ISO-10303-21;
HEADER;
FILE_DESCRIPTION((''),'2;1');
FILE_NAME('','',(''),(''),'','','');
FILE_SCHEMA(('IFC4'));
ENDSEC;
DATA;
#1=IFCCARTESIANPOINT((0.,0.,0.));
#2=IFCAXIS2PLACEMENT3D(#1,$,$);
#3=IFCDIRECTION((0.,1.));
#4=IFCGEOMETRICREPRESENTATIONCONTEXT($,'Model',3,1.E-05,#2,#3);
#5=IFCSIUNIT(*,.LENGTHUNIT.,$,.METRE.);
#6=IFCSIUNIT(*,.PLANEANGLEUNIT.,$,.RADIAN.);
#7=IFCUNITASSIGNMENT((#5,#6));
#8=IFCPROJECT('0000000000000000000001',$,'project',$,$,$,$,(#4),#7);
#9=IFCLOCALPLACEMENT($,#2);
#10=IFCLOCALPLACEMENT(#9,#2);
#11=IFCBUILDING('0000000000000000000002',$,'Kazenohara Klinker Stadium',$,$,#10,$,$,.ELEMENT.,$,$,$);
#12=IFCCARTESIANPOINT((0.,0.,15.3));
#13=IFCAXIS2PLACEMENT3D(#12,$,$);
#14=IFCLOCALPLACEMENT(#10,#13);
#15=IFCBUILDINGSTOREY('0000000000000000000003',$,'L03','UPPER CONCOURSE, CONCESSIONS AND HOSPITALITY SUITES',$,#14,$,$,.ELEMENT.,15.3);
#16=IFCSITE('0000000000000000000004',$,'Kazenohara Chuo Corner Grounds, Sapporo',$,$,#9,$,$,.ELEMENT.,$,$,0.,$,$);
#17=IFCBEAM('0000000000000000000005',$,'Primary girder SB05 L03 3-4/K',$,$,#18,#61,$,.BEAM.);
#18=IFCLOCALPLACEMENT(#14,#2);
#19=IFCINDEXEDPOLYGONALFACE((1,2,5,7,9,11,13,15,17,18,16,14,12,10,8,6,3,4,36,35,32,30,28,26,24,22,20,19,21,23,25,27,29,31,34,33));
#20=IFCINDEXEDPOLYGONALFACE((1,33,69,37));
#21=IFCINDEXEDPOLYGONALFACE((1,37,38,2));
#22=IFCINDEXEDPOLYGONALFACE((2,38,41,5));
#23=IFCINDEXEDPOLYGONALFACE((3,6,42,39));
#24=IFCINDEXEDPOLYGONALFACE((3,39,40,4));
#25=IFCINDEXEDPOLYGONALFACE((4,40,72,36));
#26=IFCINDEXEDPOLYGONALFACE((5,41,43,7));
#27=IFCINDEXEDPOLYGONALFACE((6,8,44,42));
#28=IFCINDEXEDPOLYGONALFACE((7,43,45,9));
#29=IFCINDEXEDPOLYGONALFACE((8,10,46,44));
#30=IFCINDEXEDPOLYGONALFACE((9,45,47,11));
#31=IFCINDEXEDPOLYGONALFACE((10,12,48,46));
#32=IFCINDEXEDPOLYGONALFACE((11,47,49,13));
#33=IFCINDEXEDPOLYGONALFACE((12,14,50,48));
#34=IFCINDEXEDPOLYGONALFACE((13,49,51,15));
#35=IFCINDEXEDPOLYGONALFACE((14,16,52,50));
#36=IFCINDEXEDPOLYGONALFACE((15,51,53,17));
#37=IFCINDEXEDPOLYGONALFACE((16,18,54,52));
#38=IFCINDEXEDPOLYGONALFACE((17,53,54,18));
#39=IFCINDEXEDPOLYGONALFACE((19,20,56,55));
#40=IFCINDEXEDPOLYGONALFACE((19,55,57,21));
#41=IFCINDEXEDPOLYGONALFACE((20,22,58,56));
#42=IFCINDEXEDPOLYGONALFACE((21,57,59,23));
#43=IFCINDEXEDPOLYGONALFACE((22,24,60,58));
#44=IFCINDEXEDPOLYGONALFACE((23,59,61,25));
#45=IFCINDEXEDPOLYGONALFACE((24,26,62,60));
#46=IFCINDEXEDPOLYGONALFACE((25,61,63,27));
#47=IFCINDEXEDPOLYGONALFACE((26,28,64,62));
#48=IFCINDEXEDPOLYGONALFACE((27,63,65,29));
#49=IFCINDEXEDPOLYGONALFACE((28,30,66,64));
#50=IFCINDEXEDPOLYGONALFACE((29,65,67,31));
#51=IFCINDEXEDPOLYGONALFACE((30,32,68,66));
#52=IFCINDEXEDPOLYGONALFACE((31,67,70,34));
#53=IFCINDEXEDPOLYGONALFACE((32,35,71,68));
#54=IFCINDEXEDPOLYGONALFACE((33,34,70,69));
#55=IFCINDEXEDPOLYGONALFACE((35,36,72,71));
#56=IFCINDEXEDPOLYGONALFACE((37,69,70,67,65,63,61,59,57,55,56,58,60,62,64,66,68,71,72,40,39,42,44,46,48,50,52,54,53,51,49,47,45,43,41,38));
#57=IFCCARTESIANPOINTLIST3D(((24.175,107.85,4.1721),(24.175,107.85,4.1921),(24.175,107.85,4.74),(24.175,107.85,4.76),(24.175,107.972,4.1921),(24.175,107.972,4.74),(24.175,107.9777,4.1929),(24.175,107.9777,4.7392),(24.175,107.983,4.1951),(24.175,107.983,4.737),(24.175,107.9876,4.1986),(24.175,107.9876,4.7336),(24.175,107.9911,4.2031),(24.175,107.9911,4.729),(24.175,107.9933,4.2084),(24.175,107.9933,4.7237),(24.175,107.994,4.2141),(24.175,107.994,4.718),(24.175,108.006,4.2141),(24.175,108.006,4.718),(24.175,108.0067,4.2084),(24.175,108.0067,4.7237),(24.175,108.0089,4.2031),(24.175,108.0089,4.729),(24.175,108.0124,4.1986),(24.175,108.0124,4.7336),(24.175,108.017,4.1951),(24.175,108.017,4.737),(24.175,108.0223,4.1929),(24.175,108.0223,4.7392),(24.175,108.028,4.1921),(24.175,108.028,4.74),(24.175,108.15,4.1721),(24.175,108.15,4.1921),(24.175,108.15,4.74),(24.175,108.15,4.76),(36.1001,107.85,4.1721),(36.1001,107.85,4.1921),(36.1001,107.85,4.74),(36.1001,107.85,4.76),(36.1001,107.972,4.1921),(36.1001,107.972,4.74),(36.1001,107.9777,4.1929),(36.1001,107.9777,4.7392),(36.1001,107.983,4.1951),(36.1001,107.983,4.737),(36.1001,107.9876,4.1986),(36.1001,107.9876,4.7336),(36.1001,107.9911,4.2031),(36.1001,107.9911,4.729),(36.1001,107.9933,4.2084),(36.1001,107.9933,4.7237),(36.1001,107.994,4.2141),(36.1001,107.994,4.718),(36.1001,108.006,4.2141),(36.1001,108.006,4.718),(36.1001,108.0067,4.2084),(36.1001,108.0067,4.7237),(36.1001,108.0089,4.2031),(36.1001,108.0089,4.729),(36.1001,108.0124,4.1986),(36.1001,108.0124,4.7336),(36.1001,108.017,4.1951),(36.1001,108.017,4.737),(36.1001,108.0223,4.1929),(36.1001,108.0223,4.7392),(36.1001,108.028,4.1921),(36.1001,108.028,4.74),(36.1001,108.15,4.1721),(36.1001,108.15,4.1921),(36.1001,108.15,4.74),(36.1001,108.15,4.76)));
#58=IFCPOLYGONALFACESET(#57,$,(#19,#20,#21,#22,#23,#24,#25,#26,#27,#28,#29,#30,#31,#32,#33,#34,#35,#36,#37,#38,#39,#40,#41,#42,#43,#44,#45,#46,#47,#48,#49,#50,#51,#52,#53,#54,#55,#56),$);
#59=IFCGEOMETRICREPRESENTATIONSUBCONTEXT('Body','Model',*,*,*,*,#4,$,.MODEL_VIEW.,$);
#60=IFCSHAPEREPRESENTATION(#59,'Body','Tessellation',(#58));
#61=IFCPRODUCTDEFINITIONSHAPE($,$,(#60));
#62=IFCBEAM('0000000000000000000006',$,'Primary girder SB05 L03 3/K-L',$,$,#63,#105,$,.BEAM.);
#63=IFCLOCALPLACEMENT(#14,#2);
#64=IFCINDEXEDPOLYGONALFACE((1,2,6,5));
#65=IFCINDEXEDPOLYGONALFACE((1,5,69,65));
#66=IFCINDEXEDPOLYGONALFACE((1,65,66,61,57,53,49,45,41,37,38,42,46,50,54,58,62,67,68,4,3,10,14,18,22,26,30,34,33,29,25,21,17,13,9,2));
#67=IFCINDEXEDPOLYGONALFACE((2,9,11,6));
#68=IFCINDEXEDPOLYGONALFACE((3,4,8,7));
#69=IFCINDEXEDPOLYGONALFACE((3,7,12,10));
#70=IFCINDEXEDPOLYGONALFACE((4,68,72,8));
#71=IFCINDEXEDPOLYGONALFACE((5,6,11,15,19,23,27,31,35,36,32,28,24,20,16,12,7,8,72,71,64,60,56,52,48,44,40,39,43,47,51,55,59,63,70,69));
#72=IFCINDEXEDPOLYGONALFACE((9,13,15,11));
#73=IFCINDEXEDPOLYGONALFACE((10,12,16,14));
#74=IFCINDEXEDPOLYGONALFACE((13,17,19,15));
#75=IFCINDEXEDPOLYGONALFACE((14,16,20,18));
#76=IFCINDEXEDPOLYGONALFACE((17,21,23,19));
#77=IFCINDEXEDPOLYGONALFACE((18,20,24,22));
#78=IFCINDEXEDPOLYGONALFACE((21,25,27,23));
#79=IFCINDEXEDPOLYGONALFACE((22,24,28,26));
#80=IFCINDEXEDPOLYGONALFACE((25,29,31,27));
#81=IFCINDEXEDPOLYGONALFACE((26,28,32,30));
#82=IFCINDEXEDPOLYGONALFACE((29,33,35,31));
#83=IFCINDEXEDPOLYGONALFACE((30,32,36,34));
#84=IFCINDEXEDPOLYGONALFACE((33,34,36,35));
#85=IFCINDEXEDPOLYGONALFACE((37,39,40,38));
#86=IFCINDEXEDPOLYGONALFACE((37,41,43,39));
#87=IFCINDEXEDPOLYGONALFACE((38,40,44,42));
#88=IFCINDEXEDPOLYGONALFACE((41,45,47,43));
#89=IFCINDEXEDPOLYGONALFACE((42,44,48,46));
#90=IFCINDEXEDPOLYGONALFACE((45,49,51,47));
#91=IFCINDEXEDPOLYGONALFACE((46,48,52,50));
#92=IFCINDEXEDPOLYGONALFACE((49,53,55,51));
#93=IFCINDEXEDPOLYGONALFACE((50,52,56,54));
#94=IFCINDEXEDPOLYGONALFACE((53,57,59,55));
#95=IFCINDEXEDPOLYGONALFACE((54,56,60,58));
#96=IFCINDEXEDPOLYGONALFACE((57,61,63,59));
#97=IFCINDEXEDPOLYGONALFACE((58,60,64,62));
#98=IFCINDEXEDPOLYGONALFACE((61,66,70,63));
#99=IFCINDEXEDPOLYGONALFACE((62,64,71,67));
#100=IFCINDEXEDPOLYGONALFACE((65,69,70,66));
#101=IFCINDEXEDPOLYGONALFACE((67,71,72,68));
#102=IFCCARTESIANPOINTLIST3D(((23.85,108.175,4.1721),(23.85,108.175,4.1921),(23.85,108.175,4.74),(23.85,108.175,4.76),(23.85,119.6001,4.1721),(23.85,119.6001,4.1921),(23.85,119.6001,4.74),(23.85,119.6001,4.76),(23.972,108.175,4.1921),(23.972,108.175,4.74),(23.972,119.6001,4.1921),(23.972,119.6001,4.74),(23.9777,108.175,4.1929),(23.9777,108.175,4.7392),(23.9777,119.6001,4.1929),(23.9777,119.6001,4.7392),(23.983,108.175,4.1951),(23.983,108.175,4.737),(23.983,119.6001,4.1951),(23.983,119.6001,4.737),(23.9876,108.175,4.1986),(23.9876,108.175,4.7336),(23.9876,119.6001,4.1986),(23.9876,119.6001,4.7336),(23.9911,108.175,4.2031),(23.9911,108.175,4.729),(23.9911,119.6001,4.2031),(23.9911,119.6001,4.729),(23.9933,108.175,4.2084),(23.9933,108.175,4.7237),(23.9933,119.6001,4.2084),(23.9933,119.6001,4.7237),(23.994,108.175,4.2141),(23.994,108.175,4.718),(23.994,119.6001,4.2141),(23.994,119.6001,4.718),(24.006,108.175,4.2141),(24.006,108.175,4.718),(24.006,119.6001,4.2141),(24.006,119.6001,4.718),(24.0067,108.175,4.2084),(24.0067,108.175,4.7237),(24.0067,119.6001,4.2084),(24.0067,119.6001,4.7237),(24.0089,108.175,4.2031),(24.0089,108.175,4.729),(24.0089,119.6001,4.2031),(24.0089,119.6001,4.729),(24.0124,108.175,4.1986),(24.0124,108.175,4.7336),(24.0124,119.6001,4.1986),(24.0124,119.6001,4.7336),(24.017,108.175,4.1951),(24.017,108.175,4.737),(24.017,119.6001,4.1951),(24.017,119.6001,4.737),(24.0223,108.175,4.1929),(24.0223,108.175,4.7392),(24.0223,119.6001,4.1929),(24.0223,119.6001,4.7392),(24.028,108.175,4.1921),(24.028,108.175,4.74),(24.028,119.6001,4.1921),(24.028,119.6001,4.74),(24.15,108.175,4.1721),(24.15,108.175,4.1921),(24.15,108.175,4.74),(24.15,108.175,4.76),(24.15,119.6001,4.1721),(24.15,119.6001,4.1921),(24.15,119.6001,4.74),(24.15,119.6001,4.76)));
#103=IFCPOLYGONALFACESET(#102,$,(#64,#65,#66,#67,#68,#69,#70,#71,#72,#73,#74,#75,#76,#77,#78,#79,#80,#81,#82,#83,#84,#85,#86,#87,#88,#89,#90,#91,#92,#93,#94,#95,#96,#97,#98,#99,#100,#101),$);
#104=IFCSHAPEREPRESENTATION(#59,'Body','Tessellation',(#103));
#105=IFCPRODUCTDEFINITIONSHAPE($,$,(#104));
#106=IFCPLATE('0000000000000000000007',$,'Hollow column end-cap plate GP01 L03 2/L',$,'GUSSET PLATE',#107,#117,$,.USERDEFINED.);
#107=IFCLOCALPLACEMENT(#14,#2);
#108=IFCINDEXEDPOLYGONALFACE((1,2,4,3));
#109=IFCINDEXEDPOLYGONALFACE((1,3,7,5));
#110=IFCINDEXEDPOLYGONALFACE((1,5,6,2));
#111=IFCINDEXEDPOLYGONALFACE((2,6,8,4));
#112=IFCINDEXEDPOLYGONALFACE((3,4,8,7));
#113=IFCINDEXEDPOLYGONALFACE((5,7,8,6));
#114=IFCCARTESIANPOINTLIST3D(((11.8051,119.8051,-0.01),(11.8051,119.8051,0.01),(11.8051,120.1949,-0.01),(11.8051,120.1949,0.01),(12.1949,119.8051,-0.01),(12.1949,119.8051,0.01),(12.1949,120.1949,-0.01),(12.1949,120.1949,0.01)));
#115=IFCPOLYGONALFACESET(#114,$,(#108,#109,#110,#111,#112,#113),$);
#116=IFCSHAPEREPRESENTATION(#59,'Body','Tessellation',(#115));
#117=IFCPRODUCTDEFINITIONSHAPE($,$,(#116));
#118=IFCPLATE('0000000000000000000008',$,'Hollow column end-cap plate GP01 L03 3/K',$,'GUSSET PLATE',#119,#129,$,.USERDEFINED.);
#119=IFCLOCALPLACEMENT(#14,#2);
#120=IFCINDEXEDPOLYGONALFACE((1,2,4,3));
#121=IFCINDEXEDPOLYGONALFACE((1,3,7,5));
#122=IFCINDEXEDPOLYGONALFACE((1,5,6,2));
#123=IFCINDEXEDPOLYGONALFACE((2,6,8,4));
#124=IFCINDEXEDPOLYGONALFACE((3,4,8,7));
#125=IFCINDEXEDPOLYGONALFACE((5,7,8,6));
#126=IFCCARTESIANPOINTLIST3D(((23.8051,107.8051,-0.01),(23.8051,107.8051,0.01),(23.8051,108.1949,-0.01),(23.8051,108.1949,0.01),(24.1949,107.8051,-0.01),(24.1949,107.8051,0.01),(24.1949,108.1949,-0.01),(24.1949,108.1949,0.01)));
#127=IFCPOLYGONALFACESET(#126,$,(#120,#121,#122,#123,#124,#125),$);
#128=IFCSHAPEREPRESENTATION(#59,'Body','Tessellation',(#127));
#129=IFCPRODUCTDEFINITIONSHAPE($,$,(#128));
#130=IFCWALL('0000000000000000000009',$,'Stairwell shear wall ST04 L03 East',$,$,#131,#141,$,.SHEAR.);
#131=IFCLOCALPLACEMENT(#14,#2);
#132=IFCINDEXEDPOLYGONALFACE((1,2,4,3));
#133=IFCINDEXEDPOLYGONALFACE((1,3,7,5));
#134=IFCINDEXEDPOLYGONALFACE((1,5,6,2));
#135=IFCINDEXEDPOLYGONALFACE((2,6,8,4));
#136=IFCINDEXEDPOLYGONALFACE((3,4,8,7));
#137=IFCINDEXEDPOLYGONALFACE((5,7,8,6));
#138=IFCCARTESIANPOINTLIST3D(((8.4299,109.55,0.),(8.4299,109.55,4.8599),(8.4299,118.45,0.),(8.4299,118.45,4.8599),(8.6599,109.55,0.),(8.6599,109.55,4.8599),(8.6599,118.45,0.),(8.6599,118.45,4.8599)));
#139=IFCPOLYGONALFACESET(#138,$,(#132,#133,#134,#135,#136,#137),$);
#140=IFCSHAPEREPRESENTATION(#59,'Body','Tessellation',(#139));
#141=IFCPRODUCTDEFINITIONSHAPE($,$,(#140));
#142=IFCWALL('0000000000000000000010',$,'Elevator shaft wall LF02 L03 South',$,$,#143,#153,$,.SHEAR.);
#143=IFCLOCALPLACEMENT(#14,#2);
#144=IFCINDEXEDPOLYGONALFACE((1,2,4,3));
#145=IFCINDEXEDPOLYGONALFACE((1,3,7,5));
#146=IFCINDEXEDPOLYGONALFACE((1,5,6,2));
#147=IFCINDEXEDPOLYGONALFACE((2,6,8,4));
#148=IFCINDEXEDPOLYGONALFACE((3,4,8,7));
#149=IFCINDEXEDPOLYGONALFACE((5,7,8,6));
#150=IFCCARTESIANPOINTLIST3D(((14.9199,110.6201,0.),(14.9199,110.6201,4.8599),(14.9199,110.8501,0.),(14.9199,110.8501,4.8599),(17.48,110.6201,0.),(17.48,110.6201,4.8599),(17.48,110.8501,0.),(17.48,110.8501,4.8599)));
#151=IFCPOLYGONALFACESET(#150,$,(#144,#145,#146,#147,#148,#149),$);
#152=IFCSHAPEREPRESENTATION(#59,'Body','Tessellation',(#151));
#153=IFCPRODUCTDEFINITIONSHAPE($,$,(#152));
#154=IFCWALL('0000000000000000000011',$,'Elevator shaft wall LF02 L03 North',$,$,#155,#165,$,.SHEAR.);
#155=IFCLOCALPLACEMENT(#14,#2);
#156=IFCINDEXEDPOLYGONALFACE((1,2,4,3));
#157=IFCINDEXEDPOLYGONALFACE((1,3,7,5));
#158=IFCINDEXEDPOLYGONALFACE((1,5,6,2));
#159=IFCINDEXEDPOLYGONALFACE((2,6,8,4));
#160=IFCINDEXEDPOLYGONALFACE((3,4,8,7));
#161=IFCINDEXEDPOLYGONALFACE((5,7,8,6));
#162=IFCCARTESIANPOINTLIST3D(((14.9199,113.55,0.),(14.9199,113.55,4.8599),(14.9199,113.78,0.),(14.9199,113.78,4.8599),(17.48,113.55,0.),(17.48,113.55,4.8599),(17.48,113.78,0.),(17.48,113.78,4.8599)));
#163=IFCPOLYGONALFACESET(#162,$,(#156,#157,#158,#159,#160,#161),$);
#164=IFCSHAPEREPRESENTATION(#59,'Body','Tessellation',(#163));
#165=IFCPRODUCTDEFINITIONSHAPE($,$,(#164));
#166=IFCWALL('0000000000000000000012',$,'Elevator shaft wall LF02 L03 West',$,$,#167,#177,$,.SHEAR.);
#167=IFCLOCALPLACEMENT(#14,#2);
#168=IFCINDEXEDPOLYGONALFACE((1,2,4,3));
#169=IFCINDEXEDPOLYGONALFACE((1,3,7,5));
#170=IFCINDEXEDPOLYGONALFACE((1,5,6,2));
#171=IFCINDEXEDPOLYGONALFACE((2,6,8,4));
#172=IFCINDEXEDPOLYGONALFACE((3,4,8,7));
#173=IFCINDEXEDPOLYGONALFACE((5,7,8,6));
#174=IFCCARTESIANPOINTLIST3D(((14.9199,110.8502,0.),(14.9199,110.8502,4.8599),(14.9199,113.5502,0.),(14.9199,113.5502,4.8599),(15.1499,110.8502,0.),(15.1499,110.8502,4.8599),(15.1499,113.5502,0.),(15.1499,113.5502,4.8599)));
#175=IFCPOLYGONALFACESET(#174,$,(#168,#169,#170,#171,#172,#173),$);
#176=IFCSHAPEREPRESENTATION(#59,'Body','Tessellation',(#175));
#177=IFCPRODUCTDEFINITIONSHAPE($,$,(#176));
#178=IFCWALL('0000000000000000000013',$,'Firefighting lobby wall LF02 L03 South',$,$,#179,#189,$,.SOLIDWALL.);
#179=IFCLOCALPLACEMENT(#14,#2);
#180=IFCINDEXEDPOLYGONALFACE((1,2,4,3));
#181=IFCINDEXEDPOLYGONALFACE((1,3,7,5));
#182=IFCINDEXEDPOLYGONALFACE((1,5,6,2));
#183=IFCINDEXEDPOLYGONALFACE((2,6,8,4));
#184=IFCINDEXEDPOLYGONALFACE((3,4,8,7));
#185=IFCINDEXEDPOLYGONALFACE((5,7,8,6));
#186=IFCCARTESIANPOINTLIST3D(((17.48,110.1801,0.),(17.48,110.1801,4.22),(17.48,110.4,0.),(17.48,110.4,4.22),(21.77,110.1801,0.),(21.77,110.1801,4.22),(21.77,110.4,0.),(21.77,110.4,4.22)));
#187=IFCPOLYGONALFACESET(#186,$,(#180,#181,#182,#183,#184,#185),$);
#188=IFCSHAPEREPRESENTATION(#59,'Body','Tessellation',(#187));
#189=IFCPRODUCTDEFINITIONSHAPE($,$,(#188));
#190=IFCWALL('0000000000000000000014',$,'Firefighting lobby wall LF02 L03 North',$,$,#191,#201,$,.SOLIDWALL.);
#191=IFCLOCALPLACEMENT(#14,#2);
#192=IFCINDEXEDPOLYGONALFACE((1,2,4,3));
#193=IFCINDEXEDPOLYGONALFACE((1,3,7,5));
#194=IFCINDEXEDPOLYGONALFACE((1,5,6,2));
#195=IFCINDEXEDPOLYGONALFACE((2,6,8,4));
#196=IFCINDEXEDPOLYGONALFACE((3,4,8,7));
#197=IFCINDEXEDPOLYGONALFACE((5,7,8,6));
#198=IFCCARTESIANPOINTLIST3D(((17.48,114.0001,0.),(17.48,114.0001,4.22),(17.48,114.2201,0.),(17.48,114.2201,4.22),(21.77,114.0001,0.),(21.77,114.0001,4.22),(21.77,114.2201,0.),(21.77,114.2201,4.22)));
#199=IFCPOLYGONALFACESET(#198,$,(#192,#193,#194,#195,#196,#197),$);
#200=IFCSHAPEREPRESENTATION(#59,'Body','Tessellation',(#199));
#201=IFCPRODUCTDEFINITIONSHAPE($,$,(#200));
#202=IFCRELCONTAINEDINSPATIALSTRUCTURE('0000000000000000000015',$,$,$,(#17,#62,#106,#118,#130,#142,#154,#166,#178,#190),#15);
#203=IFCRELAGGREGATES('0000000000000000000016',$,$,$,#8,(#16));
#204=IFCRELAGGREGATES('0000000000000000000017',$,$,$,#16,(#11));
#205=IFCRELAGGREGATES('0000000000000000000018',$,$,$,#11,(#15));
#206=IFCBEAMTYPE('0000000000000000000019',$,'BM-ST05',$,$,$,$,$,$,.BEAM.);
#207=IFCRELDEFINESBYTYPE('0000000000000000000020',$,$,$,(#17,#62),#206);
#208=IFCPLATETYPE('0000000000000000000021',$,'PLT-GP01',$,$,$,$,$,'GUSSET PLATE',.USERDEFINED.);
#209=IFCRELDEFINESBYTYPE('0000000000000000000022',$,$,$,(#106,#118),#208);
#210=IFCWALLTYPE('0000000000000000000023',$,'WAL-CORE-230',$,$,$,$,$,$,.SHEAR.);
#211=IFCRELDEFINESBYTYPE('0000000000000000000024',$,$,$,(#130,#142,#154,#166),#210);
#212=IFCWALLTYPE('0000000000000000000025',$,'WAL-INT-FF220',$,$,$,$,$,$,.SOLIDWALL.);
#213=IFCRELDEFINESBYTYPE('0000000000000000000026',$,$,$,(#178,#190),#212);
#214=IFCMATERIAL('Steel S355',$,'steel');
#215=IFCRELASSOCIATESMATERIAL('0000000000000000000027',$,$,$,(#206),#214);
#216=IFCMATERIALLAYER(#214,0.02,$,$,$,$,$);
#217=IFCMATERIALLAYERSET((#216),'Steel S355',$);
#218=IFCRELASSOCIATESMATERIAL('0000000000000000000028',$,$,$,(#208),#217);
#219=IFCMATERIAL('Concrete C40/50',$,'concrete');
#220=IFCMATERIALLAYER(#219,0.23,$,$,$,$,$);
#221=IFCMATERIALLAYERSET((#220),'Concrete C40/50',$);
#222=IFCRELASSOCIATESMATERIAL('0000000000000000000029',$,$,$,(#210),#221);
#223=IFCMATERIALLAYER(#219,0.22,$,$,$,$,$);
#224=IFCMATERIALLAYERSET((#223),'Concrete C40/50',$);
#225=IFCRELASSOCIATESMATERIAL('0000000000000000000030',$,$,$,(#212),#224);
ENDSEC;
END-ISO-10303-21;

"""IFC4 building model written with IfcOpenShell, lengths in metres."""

from ifc_helpers import new_model, si_unit, direction, frame, frame_2d, origin, origin_2d, place, context, subcontext, project, spatial, rectangle, i_section, extrude, material, layer, layer_set, material_profile, profile_set, type_object, element, save


model = new_model("IFC4")

# Units and contexts
model_context = context("Model", 3, precision=1e-05, world=origin(), true_north=direction((0.0, 1.0)))
body_context = subcontext(model_context, "Body", "Model", "MODEL_VIEW")
ifc_project = project(units=[si_unit("LENGTHUNIT", "METRE"), si_unit("PLANEANGLEUNIT", "RADIAN")], contexts=[model_context])

# Site, building, storey
site_placement = place(None, origin())
site = spatial("IfcSite", under=ifc_project, at=site_placement, Name="Kazenohara Chuo Corner Grounds, Sapporo", CompositionType="ELEMENT", RefElevation=0.0)
building_placement = place(site_placement, origin())
building = spatial("IfcBuilding", under=site, at=building_placement, Name="Kazenohara Klinker Stadium", CompositionType="ELEMENT")
storey_placement = place(building_placement, frame((0.0, 0.0, 15.3)))
storey = spatial("IfcBuildingStorey", under=building, at=storey_placement, Name="L03", Description="UPPER CONCOURSE, CONCESSIONS AND HOSPITALITY SUITES", CompositionType="ELEMENT", Elevation=15.3)

# Shared definitions
ifc_material_1 = material(Name="Steel S355", Category="steel")

# Beams
ifc_material_profile_1 = material_profile(ifc_material_1, i_section(OverallWidth=0.3, OverallDepth=0.5879, WebThickness=0.012, FlangeThickness=0.02, FilletRadius=0.022, at=origin_2d()), Name="H-588x300x12x20")
ifc_profile_set_1 = profile_set([ifc_material_profile_1], Name="Steel S355")
beam_type_1 = type_object("IfcBeamType", Name="BM-ST05", PredefinedType="BEAM", material=ifc_profile_set_1)
beam_1_placement = place(storey_placement, frame((24.175, 108.0, 4.4661), z_axis=(1.0, 0.0, 0.0), x_axis=(0.0, 1.0, 0.0)))
element("IfcBeam", 1, at=beam_1_placement, inside=storey, type_object=beam_type_1, Name="Primary girder SB05 L03 3-4/K", PredefinedType="BEAM", context=body_context, shape_type="SweptSolid", body=[
    extrude(i_section(OverallWidth=0.3, OverallDepth=0.5879, WebThickness=0.012, FlangeThickness=0.02, FilletRadius=0.022, at=origin_2d()), origin(), (0.0, 0.0, 1.0), 11.925),
])
beam_2_placement = place(storey_placement, frame((24.0, 108.175, 4.4661), z_axis=(0.0, 1.0, 0.0), x_axis=(-1.0, 0.0, 0.0)))
element("IfcBeam", 2, at=beam_2_placement, inside=storey, type_object=beam_type_1, Name="Primary girder SB05 L03 3/K-L", PredefinedType="BEAM", context=body_context, shape_type="SweptSolid", body=[
    extrude(i_section(OverallWidth=0.3, OverallDepth=0.5879, WebThickness=0.012, FlangeThickness=0.02, FilletRadius=0.022, at=origin_2d()), origin(), (0.0, 0.0, 1.0), 11.425),
])

# Plates
ifc_layer_1 = layer(ifc_material_1, 0.02)
ifc_layer_set_1 = layer_set([ifc_layer_1], Name="Steel S355")
plate_type = type_object("IfcPlateType", Name="PLT-GP01", ElementType="GUSSET PLATE", PredefinedType="USERDEFINED", material=ifc_layer_set_1)
for number, where, z_axis, x_axis, name in (
    (3, (12.0, 120.0, -0.01), (0.0, 0.0, 1.0), (1.0, 0.0, 0.0), "Hollow column end-cap plate GP01 L03 2/L"),
    (4, (24.0, 108.0, -0.01), (0.0, 0.0, 1.0), (1.0, 0.0, 0.0), "Hollow column end-cap plate GP01 L03 3/K"),
):
    element("IfcPlate", number, at=place(storey_placement, frame(where, z_axis=z_axis, x_axis=x_axis)), inside=storey, type_object=plate_type, Name=name, ObjectType="GUSSET PLATE", PredefinedType="USERDEFINED", context=body_context, shape_type="SweptSolid", body=[
        extrude(rectangle(XDim=0.3899, YDim=0.3899, at=origin_2d()), origin(), (0.0, 0.0, 1.0), 0.02),
    ])

# Walls
ifc_material_2 = material(Name="Concrete C40/50", Category="concrete")
ifc_layer_2 = layer(ifc_material_2, 0.23)
ifc_layer_set_2 = layer_set([ifc_layer_2], Name="Concrete C40/50")
wall_type_1 = type_object("IfcWallType", Name="WAL-CORE-230", PredefinedType="SHEAR", material=ifc_layer_set_2)
wall_1_placement = place(storey_placement, frame((8.5449, 109.55, 0.0), z_axis=(0.0, 0.0, 1.0), x_axis=(0.0, 1.0, 0.0)))
element("IfcWall", 5, at=wall_1_placement, inside=storey, type_object=wall_type_1, Name="Stairwell shear wall ST04 L03 East", PredefinedType="SHEAR", context=body_context, shape_type="SweptSolid", body=[
    extrude(rectangle(XDim=8.8999, YDim=0.23, at=frame_2d((4.45, 0.0))), origin(), (0.0, 0.0, 1.0), 4.8599),
])
for number, where, z_axis, x_axis, name in (
    (6, (14.9199, 110.7351, 0.0), (0.0, 0.0, 1.0), (1.0, 0.0, 0.0), "Elevator shaft wall LF02 L03 South"),
    (7, (14.9199, 113.665, 0.0), (0.0, 0.0, 1.0), (1.0, 0.0, 0.0), "Elevator shaft wall LF02 L03 North"),
):
    element("IfcWall", number, at=place(storey_placement, frame(where, z_axis=z_axis, x_axis=x_axis)), inside=storey, type_object=wall_type_1, Name=name, PredefinedType="SHEAR", context=body_context, shape_type="SweptSolid", body=[
        extrude(rectangle(XDim=2.5601, YDim=0.23, at=frame_2d((1.28, 0.0))), origin(), (0.0, 0.0, 1.0), 4.8599),
    ])
wall_2_placement = place(storey_placement, frame((15.0349, 110.8501, 0.0), z_axis=(0.0, 0.0, 1.0), x_axis=(0.0, 1.0, 0.0)))
element("IfcWall", 8, at=wall_2_placement, inside=storey, type_object=wall_type_1, Name="Elevator shaft wall LF02 L03 West", PredefinedType="SHEAR", context=body_context, shape_type="SweptSolid", body=[
    extrude(rectangle(XDim=2.7, YDim=0.23, at=frame_2d((1.3501, 0.0))), origin(), (0.0, 0.0, 1.0), 4.8599),
])

# Walls
ifc_layer_3 = layer(ifc_material_2, 0.22)
ifc_layer_set_3 = layer_set([ifc_layer_3], Name="Concrete C40/50")
wall_type_2 = type_object("IfcWallType", Name="WAL-INT-FF220", PredefinedType="SOLIDWALL", material=ifc_layer_set_3)
for number, where, z_axis, x_axis, name in (
    (9, (17.48, 110.29, 0.0), (0.0, 0.0, 1.0), (1.0, 0.0, 0.0), "Firefighting lobby wall LF02 L03 South"),
    (10, (17.48, 114.1101, 0.0), (0.0, 0.0, 1.0), (1.0, 0.0, 0.0), "Firefighting lobby wall LF02 L03 North"),
):
    element("IfcWall", number, at=place(storey_placement, frame(where, z_axis=z_axis, x_axis=x_axis)), inside=storey, type_object=wall_type_2, Name=name, PredefinedType="SOLIDWALL", context=body_context, shape_type="SweptSolid", body=[
        extrude(rectangle(XDim=4.29, YDim=0.22, at=frame_2d((2.145, 0.0))), origin(), (0.0, 0.0, 1.0), 4.22),
    ])

save(model, "model.ifc")
